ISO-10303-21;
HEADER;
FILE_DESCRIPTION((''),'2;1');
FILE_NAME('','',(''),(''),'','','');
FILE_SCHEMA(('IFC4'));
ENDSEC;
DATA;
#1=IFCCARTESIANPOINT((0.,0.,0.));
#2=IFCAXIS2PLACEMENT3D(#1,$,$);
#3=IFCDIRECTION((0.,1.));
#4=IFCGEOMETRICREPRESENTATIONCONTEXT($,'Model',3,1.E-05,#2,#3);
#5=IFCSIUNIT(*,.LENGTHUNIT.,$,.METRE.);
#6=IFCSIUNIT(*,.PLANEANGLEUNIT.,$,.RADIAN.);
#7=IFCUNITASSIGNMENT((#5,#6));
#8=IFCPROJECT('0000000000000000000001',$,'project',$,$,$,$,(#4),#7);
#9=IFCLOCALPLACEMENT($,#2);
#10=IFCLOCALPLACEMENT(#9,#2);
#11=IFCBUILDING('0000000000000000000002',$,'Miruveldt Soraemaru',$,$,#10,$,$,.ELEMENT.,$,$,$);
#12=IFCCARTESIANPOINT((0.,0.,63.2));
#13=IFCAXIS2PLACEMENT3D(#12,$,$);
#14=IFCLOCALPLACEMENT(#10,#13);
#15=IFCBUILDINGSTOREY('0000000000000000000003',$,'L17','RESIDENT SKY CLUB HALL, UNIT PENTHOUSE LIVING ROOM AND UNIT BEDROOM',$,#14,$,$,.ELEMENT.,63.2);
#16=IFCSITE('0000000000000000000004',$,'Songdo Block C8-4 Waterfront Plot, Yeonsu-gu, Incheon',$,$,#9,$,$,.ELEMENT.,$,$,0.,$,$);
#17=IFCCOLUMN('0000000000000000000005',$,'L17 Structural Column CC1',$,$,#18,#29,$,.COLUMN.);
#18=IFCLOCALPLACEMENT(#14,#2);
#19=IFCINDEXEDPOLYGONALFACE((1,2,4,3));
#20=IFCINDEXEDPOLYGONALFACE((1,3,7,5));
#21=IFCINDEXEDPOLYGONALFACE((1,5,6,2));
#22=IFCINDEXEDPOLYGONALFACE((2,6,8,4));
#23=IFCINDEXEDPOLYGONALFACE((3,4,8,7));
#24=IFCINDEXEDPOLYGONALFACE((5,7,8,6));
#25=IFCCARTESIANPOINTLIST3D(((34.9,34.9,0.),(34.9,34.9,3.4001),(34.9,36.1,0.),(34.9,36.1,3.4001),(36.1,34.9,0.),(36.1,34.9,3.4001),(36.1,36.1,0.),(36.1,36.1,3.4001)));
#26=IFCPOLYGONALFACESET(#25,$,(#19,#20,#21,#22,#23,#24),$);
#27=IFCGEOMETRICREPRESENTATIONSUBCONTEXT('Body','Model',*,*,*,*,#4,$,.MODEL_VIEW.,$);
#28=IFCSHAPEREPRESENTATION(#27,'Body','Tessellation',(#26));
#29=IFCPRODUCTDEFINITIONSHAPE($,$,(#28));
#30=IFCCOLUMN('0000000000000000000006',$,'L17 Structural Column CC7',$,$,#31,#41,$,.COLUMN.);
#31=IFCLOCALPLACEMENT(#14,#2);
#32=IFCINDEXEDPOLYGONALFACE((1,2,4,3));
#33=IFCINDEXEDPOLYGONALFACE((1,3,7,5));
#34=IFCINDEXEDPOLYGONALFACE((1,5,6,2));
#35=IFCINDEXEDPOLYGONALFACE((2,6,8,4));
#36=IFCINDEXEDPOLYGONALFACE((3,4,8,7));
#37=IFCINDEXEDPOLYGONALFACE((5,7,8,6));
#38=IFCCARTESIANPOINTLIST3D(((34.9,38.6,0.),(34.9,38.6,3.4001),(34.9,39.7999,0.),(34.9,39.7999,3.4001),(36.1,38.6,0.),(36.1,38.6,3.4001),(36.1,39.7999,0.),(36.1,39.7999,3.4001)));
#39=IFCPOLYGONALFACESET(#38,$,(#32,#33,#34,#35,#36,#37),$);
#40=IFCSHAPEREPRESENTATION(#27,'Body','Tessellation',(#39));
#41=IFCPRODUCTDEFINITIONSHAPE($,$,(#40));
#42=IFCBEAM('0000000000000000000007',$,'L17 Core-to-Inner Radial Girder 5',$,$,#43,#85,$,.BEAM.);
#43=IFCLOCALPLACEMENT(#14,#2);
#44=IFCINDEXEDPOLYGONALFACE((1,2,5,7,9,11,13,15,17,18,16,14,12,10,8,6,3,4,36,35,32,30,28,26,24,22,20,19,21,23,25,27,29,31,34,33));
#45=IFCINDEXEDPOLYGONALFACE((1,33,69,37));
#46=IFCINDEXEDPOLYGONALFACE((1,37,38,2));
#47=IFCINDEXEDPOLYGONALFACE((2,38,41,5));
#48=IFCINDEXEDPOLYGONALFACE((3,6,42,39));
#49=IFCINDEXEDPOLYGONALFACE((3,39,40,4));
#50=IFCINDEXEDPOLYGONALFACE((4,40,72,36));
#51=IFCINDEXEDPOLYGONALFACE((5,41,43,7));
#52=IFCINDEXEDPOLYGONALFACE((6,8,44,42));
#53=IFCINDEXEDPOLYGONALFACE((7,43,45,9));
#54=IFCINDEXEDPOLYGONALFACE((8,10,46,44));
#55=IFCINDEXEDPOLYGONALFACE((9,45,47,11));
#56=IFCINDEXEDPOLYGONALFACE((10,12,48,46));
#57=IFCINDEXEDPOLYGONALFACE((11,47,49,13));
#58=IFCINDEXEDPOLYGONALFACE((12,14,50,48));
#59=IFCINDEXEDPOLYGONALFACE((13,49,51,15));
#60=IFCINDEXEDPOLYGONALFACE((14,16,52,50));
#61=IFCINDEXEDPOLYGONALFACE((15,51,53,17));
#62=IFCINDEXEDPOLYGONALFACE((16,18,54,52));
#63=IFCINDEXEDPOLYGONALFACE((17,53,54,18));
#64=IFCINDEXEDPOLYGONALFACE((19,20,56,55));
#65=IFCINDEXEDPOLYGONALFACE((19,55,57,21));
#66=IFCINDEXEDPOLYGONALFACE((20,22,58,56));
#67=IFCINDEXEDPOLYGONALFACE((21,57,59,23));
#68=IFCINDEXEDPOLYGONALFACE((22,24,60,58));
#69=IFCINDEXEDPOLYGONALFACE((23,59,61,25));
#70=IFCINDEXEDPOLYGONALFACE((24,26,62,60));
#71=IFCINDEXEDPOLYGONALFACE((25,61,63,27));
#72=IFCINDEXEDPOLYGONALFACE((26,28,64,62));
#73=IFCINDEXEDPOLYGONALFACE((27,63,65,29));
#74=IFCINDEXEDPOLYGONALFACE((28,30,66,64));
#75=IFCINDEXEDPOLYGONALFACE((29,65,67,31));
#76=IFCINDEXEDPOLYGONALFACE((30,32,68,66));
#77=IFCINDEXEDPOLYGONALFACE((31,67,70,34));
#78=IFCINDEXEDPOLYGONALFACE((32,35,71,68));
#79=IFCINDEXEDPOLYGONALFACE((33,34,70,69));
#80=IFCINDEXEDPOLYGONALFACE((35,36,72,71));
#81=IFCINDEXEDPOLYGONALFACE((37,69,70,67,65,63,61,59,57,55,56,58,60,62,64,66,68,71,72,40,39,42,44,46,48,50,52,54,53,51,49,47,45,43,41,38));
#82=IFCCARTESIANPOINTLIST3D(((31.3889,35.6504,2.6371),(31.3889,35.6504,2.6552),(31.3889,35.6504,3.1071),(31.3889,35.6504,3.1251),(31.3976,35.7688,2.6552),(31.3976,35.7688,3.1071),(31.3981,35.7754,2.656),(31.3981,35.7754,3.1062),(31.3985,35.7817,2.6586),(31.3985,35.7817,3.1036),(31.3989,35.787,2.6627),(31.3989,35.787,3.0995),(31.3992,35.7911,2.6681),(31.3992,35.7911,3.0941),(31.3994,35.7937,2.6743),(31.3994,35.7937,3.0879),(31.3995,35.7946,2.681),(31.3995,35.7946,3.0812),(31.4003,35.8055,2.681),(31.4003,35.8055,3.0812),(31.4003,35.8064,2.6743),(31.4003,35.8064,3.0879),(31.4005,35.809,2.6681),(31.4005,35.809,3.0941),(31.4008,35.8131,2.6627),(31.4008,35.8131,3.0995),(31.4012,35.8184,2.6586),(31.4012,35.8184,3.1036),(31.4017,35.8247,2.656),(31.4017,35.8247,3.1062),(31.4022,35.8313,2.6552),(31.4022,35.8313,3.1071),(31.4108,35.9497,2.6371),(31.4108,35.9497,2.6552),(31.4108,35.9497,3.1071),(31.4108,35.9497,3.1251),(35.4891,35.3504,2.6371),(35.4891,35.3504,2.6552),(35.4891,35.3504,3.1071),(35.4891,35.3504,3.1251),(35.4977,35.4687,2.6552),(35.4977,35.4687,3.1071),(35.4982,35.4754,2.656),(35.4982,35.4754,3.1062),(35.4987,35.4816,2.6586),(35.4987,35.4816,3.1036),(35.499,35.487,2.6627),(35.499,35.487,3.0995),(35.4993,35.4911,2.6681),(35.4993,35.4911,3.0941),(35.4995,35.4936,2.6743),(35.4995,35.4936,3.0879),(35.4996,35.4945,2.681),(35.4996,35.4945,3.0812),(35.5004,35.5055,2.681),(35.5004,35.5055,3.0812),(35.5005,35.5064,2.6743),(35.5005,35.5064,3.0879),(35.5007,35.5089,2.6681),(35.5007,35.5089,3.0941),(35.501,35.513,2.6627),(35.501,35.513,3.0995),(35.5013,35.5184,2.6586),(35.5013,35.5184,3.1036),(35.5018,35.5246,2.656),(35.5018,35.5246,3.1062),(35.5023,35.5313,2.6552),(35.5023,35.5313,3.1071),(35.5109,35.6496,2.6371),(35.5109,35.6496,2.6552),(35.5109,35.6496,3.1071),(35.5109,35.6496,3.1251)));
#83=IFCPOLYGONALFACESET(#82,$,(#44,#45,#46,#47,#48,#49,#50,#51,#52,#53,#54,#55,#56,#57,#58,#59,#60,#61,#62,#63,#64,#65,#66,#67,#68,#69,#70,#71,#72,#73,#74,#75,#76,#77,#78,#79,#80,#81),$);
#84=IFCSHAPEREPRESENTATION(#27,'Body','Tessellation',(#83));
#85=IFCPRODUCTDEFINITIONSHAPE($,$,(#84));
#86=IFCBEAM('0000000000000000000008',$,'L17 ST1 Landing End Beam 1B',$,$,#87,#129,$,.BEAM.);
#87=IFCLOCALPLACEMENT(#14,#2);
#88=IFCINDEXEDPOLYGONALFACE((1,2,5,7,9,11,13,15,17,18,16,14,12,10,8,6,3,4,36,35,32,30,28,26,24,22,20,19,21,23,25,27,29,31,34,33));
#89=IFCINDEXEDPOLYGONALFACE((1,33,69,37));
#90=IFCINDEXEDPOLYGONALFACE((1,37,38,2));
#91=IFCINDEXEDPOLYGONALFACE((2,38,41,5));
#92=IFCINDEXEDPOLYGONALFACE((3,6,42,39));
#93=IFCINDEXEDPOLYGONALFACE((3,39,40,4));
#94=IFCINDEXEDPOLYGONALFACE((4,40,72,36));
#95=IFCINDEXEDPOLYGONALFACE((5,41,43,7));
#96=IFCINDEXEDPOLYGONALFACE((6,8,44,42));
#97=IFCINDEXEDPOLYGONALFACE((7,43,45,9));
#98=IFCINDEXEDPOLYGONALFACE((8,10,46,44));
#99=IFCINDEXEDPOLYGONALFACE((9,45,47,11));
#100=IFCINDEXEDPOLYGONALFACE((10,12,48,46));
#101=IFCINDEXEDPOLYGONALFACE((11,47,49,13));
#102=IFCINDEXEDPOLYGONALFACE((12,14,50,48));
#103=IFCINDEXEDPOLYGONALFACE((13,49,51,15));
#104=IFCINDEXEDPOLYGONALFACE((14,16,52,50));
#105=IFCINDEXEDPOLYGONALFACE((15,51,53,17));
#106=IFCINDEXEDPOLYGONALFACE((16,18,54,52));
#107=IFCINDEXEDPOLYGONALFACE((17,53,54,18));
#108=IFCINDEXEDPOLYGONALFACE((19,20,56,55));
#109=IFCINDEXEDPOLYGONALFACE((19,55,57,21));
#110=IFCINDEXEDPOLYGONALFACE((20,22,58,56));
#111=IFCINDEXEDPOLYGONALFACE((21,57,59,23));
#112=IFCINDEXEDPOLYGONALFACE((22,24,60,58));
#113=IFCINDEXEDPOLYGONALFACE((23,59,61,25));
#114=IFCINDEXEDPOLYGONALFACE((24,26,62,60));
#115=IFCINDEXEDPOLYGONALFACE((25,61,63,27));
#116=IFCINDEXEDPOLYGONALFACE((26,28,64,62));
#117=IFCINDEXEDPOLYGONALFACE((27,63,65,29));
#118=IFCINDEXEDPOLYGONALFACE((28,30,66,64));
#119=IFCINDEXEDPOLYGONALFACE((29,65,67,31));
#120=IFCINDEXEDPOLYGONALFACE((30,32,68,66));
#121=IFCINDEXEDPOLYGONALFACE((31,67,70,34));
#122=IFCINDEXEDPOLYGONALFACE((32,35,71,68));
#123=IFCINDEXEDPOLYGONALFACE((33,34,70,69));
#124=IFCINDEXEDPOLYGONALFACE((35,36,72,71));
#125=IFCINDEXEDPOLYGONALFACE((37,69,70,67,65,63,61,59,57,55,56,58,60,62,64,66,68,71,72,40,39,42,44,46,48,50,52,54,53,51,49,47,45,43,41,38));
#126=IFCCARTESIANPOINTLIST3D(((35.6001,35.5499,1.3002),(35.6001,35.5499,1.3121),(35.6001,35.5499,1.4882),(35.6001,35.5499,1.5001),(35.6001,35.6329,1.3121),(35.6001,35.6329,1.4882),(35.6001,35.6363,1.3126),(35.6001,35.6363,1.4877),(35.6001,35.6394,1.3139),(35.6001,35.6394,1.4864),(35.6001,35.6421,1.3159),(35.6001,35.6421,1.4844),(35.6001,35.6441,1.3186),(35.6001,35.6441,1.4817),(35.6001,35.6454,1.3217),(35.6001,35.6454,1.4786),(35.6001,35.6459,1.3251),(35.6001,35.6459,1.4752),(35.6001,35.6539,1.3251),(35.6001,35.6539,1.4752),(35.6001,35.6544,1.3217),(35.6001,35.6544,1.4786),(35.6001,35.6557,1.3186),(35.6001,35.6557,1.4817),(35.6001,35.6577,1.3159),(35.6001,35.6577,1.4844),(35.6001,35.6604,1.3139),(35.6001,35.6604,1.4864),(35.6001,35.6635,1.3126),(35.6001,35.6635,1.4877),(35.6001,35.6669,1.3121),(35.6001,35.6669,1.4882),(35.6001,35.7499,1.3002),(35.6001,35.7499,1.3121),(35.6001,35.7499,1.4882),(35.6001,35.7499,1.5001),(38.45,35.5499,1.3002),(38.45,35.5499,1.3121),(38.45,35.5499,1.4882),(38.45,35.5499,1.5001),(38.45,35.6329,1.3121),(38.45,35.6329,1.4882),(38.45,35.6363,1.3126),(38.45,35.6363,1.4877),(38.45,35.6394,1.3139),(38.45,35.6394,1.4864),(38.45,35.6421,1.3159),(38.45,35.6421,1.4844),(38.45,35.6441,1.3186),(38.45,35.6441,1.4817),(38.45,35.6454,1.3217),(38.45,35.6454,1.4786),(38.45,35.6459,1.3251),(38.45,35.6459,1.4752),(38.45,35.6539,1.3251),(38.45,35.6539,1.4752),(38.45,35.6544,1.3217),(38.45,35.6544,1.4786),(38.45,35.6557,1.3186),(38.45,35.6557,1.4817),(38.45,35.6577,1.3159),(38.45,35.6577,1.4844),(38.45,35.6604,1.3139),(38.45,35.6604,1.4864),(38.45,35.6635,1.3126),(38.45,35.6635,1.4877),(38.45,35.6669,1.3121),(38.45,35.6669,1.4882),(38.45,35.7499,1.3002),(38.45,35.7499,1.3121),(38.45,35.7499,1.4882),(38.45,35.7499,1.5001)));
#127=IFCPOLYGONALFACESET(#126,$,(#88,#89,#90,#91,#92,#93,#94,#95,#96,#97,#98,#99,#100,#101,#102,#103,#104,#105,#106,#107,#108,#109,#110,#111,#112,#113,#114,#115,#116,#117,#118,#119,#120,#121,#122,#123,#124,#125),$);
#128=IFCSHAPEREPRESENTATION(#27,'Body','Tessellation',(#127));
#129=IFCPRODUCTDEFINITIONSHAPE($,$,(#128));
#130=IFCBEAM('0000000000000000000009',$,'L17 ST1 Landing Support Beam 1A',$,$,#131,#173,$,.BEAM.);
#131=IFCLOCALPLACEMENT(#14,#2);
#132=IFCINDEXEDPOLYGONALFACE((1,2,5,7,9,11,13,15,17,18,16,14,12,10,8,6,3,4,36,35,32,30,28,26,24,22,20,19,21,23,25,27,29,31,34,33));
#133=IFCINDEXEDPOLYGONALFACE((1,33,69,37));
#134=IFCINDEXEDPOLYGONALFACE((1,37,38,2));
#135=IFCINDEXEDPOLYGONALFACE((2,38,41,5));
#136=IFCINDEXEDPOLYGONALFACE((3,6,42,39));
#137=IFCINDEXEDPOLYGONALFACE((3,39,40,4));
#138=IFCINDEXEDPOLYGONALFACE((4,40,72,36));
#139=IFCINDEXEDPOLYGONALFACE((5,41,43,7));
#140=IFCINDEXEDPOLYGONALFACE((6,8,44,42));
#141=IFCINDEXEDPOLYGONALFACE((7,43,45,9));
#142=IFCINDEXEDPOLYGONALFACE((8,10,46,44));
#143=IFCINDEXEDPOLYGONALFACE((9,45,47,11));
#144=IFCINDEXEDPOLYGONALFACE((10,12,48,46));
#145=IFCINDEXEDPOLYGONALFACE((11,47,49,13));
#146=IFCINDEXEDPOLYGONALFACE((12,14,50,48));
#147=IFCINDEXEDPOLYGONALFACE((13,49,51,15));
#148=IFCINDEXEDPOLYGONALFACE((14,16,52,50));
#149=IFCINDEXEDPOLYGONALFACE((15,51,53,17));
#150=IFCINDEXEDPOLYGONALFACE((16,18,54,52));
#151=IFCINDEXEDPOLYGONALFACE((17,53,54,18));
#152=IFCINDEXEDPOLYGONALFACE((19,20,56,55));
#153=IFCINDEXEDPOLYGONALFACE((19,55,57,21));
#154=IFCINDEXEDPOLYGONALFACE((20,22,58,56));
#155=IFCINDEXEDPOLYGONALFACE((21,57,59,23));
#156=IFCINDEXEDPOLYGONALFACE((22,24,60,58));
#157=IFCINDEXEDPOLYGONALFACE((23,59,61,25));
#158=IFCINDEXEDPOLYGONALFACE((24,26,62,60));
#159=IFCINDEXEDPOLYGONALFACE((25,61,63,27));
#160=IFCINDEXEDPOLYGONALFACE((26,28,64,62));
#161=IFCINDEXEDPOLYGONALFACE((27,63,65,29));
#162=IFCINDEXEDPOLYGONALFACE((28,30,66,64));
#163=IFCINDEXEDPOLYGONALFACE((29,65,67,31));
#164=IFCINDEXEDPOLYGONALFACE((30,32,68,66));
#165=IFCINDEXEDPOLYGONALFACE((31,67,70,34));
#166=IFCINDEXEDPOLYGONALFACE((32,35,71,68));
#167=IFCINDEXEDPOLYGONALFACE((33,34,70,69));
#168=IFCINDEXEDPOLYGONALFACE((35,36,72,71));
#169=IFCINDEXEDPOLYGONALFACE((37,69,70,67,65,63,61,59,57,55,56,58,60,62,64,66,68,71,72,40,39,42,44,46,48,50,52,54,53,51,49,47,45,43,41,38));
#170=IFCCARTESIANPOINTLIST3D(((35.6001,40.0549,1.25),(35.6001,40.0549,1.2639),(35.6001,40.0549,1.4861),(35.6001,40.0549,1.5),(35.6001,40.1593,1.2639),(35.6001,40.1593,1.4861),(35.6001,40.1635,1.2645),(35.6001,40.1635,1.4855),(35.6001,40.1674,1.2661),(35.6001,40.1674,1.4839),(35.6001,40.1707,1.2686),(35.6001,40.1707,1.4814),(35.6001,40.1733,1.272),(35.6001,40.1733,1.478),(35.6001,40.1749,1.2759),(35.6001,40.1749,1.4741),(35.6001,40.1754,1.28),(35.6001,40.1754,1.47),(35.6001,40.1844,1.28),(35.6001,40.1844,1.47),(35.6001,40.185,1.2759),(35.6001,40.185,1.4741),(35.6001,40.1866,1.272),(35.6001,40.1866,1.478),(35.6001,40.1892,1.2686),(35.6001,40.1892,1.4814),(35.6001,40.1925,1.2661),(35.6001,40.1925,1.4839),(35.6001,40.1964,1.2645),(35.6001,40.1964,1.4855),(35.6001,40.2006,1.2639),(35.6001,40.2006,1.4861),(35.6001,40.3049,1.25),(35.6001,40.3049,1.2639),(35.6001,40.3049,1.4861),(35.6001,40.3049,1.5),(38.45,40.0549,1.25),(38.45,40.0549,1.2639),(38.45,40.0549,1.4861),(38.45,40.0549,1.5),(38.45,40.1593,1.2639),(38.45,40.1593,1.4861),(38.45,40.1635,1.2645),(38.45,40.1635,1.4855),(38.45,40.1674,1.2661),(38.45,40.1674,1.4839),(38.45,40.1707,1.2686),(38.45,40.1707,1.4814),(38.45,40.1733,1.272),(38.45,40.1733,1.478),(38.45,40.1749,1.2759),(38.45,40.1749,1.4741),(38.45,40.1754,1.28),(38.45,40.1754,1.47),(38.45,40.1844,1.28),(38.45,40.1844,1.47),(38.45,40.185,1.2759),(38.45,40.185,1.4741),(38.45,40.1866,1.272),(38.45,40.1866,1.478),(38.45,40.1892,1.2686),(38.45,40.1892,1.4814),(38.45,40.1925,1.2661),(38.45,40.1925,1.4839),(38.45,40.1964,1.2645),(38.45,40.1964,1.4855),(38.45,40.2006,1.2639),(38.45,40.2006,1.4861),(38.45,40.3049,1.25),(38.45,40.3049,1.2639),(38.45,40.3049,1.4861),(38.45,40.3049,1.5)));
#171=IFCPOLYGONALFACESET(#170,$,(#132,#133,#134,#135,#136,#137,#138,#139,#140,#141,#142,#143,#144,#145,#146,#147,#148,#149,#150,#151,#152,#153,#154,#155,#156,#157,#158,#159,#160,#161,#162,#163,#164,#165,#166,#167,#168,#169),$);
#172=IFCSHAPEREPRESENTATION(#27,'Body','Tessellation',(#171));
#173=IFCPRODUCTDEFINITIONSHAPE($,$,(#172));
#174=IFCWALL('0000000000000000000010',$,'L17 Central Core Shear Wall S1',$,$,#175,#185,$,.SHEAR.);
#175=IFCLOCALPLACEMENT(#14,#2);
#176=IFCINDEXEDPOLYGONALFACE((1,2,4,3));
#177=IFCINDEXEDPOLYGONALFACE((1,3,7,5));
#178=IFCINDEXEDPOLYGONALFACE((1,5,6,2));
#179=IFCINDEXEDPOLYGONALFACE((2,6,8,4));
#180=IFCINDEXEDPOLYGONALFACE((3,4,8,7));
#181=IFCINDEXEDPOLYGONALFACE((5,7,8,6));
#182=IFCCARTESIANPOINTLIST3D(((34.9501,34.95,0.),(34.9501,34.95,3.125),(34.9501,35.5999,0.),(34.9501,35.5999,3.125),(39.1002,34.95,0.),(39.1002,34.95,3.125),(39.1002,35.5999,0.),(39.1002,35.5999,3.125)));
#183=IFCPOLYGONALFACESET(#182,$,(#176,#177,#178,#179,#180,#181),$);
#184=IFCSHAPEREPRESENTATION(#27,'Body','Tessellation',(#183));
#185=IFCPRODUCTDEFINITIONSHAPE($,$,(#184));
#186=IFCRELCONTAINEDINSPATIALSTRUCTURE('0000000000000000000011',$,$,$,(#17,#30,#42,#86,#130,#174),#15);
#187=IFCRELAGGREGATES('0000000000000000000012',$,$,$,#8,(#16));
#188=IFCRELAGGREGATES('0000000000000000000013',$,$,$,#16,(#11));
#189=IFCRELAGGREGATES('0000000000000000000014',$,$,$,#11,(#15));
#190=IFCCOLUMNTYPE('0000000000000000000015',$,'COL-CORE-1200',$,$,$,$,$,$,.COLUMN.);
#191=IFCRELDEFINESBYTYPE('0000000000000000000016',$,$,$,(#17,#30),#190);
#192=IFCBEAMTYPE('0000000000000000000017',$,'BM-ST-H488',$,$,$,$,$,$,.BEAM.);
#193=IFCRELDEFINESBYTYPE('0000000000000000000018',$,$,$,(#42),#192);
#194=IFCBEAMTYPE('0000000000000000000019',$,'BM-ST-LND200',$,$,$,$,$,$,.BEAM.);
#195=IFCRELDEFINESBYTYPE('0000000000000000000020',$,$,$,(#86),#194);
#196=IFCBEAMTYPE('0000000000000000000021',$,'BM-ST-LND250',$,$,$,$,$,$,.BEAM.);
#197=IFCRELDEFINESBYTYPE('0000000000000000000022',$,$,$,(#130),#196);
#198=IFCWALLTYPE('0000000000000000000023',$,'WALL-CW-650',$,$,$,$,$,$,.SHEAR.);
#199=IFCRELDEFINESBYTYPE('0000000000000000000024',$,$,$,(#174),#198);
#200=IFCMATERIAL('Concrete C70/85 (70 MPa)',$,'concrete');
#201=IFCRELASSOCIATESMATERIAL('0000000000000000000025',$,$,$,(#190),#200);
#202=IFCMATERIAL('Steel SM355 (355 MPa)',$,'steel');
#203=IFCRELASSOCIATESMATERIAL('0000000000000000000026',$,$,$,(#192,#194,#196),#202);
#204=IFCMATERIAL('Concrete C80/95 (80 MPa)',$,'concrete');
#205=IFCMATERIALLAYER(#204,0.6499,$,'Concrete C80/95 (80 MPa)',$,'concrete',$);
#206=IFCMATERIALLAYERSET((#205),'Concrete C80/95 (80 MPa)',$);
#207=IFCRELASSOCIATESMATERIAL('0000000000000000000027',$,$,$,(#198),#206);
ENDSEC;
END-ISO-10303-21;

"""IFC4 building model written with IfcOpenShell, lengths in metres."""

from ifc_helpers import new_model, si_unit, direction, frame, frame_2d, origin, origin_2d, place, context, subcontext, project, spatial, rectangle, i_section, extrude, material, layer, layer_set, material_profile, profile_set, type_object, element, save


model = new_model("IFC4")

# Units and contexts
model_context = context("Model", 3, precision=1e-05, world=origin(), true_north=direction((0.0, 1.0)))
body_context = subcontext(model_context, "Body", "Model", "MODEL_VIEW")
ifc_project = project(units=[si_unit("LENGTHUNIT", "METRE"), si_unit("PLANEANGLEUNIT", "RADIAN")], contexts=[model_context])

# Site, building, storey
site_placement = place(None, origin())
site = spatial("IfcSite", under=ifc_project, at=site_placement, Name="Songdo Block C8-4 Waterfront Plot, Yeonsu-gu, Incheon", CompositionType="ELEMENT", RefElevation=0.0)
building_placement = place(site_placement, origin())
building = spatial("IfcBuilding", under=site, at=building_placement, Name="Miruveldt Soraemaru", CompositionType="ELEMENT")
storey_placement = place(building_placement, frame((0.0, 0.0, 63.2)))
storey = spatial("IfcBuildingStorey", under=building, at=storey_placement, Name="L17", Description="RESIDENT SKY CLUB HALL, UNIT PENTHOUSE LIVING ROOM AND UNIT BEDROOM", CompositionType="ELEMENT", Elevation=63.2)

# Columns
ifc_material_1 = material(Name="Concrete C70/85 (70 MPa)", Category="concrete")
ifc_material_profile_1 = material_profile(ifc_material_1, rectangle(XDim=1.2, YDim=1.2, at=origin_2d()), Name="Concrete C70/85 (70 MPa)", Category="concrete")
ifc_profile_set_1 = profile_set([ifc_material_profile_1], Name="Concrete C70/85 (70 MPa)")
column_type = type_object("IfcColumnType", Name="COL-CORE-1200", PredefinedType="COLUMN", material=ifc_profile_set_1)
for number, where, z_axis, x_axis, name in (
    (1, (35.5, 35.5, 0.0), (0.0, 0.0, 1.0), (1.0, 0.0, 0.0), "L17 Structural Column CC1"),
    (2, (35.5, 39.2, 0.0), (0.0, 0.0, 1.0), (1.0, 0.0, 0.0), "L17 Structural Column CC7"),
):
    element("IfcColumn", number, at=place(storey_placement, frame(where, z_axis=z_axis, x_axis=x_axis)), inside=storey, type_object=column_type, Name=name, PredefinedType="COLUMN", context=body_context, shape_type="SweptSolid", body=[
        extrude(rectangle(XDim=1.2, YDim=1.2, at=origin_2d()), origin(), (0.0, 0.0, 1.0), 3.4001),
    ])

# Beams
ifc_material_2 = material(Name="Steel SM355 (355 MPa)", Category="steel")
ifc_material_profile_2 = material_profile(ifc_material_2, i_section(OverallWidth=0.3, OverallDepth=0.488, WebThickness=0.011, FlangeThickness=0.0181, FilletRadius=0.0259, at=origin_2d()), Name="Steel SM355 (355 MPa)", Category="steel")
ifc_profile_set_2 = profile_set([ifc_material_profile_2], Name="Steel SM355 (355 MPa)")
beam_type_1 = type_object("IfcBeamType", Name="BM-ST-H488", PredefinedType="BEAM", material=ifc_profile_set_2)
beam_1_placement = place(storey_placement, frame((35.5, 35.5, 2.8811), z_axis=(-0.997333, 0.072986, 0.0), x_axis=(-0.072986, -0.997333, 0.0)))
element("IfcBeam", 3, at=beam_1_placement, inside=storey, type_object=beam_type_1, Name="L17 Core-to-Inner Radial Girder 5", PredefinedType="BEAM", context=body_context, shape_type="SweptSolid", body=[
    extrude(i_section(OverallWidth=0.3, OverallDepth=0.488, WebThickness=0.011, FlangeThickness=0.0181, FilletRadius=0.0259, at=origin_2d()), origin(), (0.0, 0.0, 1.0), 4.1111),
])
ifc_material_profile_3 = material_profile(ifc_material_2, i_section(OverallWidth=0.2, OverallDepth=0.2, WebThickness=0.0081, FlangeThickness=0.012, FilletRadius=0.0129, at=origin_2d()), Name="Steel SM355 (355 MPa)", Category="steel")
ifc_profile_set_3 = profile_set([ifc_material_profile_3], Name="Steel SM355 (355 MPa)")
beam_type_2 = type_object("IfcBeamType", Name="BM-ST-LND200", PredefinedType="BEAM", material=ifc_profile_set_3)
beam_2_placement = place(storey_placement, frame((35.6001, 35.6499, 1.4001), z_axis=(1.0, 0.0, 0.0), x_axis=(0.0, 1.0, 0.0)))
element("IfcBeam", 4, at=beam_2_placement, inside=storey, type_object=beam_type_2, Name="L17 ST1 Landing End Beam 1B", PredefinedType="BEAM", context=body_context, shape_type="SweptSolid", body=[
    extrude(i_section(OverallWidth=0.2, OverallDepth=0.2, WebThickness=0.0081, FlangeThickness=0.012, FilletRadius=0.0129, at=origin_2d()), origin(), (0.0, 0.0, 1.0), 2.8499),
])
ifc_material_profile_4 = material_profile(ifc_material_2, i_section(OverallWidth=0.25, OverallDepth=0.25, WebThickness=0.009, FlangeThickness=0.0139, FilletRadius=0.0161, at=origin_2d()), Name="Steel SM355 (355 MPa)", Category="steel")
ifc_profile_set_4 = profile_set([ifc_material_profile_4], Name="Steel SM355 (355 MPa)")
beam_type_3 = type_object("IfcBeamType", Name="BM-ST-LND250", PredefinedType="BEAM", material=ifc_profile_set_4)
beam_3_placement = place(storey_placement, frame((35.6001, 40.1799, 1.375), z_axis=(1.0, 0.0, 0.0), x_axis=(0.0, 1.0, 0.0)))
element("IfcBeam", 5, at=beam_3_placement, inside=storey, type_object=beam_type_3, Name="L17 ST1 Landing Support Beam 1A", PredefinedType="BEAM", context=body_context, shape_type="SweptSolid", body=[
    extrude(i_section(OverallWidth=0.25, OverallDepth=0.25, WebThickness=0.009, FlangeThickness=0.0139, FilletRadius=0.0161, at=origin_2d()), origin(), (0.0, 0.0, 1.0), 2.8499),
])

# Wall
ifc_material_3 = material(Name="Concrete C80/95 (80 MPa)", Category="concrete")
ifc_layer_1 = layer(ifc_material_3, 0.6499, Name="Concrete C80/95 (80 MPa)", Category="concrete")
ifc_layer_set_1 = layer_set([ifc_layer_1], Name="Concrete C80/95 (80 MPa)")
wall_type_1 = type_object("IfcWallType", Name="WALL-CW-650", PredefinedType="SHEAR", material=ifc_layer_set_1)
wall_1_placement = place(storey_placement, frame((34.95, 35.2749, 0.0), z_axis=(0.0, 0.0, 1.0), x_axis=(1.0, 0.0, 0.0)))
element("IfcWall", 6, at=wall_1_placement, inside=storey, type_object=wall_type_1, Name="L17 Central Core Shear Wall S1", PredefinedType="SHEAR", context=body_context, shape_type="SweptSolid", body=[
    extrude(rectangle(XDim=4.1501, YDim=0.6499, at=frame_2d((2.0752, 0.0))), origin(), (0.0, 0.0, 1.0), 3.125),
])

save(model, "model.ifc")
